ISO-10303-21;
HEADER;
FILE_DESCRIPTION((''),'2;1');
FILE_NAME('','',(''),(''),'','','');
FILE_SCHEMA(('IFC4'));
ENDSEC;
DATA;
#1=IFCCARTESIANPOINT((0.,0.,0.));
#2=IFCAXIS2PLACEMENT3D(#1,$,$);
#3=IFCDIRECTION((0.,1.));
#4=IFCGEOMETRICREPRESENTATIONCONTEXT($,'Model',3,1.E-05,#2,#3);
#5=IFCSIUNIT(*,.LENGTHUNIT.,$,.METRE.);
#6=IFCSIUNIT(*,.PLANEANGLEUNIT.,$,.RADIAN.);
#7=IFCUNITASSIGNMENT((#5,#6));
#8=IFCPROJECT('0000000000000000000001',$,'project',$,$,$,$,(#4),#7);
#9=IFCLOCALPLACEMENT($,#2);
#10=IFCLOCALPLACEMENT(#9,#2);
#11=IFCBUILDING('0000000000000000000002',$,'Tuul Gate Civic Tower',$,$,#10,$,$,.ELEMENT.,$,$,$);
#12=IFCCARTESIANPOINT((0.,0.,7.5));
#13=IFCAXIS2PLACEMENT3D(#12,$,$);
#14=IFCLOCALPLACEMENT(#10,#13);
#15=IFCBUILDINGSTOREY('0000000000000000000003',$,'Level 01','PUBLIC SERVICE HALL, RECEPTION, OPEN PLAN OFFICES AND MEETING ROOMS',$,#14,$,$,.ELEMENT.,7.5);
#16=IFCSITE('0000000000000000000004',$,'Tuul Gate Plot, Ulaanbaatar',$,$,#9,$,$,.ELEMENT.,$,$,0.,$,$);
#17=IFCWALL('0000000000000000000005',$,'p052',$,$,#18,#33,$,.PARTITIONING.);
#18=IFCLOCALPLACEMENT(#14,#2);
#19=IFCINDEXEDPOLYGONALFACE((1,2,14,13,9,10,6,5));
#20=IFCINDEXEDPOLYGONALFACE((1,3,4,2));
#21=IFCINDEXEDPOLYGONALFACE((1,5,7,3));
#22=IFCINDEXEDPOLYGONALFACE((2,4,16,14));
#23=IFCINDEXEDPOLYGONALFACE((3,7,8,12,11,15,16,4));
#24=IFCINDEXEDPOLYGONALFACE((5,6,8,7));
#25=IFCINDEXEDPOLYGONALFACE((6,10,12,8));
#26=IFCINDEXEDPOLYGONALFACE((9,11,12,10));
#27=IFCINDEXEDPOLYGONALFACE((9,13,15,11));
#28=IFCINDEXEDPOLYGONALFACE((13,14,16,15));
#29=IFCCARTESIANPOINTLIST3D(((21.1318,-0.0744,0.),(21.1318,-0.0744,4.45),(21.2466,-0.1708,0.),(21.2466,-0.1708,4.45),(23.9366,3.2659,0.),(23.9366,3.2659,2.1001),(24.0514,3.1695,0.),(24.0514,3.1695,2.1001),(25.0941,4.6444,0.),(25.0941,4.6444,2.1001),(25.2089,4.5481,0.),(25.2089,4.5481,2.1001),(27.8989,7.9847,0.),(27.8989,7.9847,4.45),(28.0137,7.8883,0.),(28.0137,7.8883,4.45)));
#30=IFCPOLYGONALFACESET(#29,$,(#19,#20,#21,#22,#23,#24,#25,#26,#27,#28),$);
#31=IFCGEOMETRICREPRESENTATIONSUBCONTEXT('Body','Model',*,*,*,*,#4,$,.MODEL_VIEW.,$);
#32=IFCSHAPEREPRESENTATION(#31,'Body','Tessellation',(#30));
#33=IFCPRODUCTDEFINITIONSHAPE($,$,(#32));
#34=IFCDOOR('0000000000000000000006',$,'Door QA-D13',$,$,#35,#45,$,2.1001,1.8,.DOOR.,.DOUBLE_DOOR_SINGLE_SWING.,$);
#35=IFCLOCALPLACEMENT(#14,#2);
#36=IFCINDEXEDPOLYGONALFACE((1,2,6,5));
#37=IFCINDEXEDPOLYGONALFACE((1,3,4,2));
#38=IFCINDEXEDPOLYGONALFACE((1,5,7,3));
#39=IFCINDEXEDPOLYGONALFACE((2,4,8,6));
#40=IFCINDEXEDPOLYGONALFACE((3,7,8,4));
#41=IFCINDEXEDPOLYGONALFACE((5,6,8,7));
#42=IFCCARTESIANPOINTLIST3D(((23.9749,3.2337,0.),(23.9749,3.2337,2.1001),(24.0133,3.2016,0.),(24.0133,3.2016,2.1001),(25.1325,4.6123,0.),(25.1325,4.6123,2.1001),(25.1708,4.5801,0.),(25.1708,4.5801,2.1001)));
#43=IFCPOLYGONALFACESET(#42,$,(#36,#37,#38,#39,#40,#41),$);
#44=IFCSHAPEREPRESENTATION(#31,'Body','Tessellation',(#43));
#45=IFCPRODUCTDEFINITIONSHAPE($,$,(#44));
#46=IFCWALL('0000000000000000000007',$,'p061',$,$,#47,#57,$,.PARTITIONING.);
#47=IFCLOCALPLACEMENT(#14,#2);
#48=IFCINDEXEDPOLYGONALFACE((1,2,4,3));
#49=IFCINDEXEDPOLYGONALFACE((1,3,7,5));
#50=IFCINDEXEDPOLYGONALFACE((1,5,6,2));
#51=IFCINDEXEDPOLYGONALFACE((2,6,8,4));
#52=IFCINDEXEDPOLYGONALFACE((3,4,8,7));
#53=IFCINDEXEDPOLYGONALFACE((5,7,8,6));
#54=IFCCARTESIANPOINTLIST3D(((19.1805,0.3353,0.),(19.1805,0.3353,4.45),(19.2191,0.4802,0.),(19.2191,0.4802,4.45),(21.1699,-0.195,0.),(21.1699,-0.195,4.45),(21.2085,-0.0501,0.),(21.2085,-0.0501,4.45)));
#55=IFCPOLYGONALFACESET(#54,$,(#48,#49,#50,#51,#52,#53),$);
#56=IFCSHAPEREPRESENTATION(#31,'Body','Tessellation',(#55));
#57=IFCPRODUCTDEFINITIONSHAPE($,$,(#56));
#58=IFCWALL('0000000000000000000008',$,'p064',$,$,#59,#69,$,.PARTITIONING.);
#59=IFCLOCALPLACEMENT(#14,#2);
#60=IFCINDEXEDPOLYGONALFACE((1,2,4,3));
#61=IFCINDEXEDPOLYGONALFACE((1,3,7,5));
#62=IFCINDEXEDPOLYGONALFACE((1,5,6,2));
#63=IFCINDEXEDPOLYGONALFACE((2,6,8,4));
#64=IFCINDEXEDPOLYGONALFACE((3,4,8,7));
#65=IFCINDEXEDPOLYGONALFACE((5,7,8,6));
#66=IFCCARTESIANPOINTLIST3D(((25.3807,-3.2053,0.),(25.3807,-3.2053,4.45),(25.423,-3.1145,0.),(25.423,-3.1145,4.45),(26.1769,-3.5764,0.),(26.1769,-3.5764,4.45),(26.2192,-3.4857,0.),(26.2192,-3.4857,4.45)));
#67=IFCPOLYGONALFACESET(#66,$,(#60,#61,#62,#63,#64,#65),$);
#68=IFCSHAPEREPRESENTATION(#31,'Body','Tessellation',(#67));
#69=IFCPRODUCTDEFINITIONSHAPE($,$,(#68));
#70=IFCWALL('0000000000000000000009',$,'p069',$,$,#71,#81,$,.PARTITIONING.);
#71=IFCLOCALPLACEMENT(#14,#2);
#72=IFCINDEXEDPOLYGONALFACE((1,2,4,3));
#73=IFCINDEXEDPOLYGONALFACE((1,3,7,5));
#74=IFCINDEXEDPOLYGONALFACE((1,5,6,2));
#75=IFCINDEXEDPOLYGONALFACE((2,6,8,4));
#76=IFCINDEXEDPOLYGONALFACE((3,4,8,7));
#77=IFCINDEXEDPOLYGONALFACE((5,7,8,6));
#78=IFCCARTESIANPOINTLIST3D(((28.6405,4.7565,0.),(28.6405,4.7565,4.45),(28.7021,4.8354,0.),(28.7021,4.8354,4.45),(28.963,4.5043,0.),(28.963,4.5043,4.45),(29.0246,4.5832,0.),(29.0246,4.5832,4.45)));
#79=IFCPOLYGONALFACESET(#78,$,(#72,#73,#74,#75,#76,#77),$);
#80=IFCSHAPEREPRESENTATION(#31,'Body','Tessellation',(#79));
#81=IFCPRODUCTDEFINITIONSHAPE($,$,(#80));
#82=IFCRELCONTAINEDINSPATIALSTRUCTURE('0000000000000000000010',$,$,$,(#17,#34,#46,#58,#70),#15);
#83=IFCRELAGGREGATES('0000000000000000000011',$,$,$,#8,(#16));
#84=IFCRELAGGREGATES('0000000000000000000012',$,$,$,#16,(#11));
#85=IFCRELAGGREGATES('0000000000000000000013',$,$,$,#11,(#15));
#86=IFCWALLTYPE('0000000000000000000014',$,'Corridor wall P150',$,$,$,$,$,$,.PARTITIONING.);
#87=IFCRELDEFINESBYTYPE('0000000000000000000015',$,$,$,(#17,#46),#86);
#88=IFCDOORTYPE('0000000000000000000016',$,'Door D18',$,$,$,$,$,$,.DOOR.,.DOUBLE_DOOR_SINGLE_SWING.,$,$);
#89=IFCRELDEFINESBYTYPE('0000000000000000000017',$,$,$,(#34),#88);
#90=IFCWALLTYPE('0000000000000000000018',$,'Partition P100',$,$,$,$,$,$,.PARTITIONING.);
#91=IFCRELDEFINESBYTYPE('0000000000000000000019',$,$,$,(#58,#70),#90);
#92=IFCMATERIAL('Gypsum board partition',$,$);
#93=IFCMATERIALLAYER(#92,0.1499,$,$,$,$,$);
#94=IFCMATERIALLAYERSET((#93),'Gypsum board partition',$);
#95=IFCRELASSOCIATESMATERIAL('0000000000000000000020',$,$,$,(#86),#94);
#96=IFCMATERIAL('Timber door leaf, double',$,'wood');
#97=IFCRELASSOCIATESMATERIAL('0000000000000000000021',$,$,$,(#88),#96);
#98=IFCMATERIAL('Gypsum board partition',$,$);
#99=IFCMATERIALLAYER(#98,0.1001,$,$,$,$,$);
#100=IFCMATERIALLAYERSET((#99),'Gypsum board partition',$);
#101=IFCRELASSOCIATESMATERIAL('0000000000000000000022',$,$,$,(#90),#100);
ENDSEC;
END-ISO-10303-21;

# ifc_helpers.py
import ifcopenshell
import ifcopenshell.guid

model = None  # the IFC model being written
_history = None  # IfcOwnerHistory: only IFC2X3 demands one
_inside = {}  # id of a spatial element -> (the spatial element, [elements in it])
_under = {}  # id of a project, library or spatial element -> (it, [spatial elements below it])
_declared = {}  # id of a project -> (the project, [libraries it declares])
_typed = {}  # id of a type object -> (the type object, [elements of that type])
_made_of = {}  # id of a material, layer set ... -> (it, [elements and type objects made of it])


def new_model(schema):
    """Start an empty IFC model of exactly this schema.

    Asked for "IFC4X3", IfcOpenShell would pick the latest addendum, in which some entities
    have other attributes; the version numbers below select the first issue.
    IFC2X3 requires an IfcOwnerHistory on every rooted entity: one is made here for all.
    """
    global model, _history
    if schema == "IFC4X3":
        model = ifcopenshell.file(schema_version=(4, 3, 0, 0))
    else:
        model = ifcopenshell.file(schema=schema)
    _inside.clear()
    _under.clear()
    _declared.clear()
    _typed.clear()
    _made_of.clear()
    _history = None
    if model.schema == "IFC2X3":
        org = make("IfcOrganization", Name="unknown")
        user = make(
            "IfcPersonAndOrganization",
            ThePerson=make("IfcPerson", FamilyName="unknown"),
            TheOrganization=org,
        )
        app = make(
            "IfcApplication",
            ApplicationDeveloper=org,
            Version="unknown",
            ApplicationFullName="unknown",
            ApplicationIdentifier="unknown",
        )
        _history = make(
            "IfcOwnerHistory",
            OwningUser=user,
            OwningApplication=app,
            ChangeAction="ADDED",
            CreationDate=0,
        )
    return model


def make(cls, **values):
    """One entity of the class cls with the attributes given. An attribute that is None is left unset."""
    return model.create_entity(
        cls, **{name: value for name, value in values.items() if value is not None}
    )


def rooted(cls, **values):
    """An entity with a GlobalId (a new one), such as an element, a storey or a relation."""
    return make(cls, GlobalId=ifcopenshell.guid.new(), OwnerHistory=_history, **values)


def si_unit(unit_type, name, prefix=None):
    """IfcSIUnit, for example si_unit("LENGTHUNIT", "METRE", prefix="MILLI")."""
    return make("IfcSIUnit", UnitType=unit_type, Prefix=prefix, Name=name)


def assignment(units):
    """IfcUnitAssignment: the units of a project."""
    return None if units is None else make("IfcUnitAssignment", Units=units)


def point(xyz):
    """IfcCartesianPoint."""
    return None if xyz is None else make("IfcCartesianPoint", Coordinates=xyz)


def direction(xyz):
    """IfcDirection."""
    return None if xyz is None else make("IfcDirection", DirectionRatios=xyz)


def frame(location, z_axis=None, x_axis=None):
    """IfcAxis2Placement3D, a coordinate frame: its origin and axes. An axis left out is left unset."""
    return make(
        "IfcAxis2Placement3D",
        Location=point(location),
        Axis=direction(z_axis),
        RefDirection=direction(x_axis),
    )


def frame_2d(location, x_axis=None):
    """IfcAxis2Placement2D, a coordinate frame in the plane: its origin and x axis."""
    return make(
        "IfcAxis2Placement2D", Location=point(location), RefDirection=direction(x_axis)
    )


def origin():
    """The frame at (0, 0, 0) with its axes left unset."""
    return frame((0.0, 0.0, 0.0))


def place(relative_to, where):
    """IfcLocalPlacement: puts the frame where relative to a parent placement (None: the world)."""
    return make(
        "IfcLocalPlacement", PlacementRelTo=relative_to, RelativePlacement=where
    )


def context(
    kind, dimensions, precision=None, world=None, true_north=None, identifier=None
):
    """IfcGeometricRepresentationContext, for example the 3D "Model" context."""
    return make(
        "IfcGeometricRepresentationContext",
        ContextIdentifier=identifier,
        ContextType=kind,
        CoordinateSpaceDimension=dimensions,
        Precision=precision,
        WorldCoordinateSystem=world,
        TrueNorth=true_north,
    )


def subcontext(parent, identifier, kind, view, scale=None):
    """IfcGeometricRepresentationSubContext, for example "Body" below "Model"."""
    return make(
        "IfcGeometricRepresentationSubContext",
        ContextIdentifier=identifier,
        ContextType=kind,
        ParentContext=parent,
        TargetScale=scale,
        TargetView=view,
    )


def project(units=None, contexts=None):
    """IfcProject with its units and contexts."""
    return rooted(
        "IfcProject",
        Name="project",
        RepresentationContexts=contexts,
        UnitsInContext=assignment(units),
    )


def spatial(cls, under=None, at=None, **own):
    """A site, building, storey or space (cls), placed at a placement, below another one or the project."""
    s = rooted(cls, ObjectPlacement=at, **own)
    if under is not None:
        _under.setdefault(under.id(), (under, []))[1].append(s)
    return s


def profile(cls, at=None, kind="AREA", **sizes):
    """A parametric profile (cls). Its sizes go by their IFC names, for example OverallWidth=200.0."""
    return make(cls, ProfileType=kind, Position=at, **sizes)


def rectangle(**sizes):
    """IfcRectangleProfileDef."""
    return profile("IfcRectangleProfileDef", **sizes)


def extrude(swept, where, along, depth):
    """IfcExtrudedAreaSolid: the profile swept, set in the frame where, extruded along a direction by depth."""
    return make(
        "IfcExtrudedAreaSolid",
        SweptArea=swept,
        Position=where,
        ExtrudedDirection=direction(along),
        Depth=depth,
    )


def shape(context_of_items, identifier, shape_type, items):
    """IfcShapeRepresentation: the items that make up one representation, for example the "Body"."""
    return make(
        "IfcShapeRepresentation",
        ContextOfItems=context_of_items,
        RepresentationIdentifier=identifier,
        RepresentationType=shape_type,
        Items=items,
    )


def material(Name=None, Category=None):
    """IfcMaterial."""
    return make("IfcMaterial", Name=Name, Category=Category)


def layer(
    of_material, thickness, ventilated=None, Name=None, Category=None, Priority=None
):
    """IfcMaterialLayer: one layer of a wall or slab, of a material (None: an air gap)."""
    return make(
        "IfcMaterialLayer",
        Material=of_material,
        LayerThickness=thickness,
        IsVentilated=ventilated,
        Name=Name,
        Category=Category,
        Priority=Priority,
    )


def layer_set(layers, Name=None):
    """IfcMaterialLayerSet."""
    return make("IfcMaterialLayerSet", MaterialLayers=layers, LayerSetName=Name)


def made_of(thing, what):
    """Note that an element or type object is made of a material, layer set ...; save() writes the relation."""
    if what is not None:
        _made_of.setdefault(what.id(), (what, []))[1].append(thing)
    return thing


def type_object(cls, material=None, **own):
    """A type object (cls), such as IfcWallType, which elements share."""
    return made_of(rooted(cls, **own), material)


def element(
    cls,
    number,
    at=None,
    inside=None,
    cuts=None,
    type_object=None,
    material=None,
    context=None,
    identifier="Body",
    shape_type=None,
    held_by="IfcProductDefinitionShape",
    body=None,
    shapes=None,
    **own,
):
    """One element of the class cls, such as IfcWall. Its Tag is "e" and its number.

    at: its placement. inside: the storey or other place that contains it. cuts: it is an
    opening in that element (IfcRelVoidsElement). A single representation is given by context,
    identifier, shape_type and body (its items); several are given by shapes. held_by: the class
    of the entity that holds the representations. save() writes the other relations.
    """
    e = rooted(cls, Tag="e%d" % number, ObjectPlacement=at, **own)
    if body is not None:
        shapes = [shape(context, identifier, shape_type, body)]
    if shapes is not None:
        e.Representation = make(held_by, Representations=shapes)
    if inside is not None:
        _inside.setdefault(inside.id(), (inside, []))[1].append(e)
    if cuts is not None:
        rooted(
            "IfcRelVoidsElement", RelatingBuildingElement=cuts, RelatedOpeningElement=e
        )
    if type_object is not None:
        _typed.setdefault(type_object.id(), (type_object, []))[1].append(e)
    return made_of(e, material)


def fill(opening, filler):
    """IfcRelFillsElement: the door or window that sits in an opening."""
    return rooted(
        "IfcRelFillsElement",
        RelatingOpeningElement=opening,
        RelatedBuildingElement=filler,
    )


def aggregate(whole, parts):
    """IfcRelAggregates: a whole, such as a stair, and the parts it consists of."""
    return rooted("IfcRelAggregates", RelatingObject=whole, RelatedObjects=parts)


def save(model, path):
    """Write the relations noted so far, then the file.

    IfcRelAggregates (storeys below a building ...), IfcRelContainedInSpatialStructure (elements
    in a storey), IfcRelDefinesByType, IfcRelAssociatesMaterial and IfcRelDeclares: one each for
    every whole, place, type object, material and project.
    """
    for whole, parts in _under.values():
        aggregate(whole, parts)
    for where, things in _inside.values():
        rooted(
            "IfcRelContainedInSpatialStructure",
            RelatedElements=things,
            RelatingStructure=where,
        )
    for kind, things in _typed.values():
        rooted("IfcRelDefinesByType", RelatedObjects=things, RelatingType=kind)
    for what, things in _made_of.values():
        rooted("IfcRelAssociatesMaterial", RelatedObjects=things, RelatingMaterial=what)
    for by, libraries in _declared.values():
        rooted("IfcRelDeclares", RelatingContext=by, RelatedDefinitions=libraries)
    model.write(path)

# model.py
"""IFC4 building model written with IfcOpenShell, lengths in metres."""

from ifc_helpers import new_model, si_unit, direction, frame, frame_2d, origin, place, context, subcontext, project, spatial, rectangle, extrude, material, layer, layer_set, type_object, element, fill, save


model = new_model("IFC4")

# Units and contexts
model_context = context("Model", 3, precision=1e-05, world=origin(), true_north=direction((0.0, 1.0)))
body_context = subcontext(model_context, "Body", "Model", "MODEL_VIEW")
ifc_project = project(units=[si_unit("LENGTHUNIT", "METRE"), si_unit("PLANEANGLEUNIT", "RADIAN")], contexts=[model_context])

# Site, building, storey
site_placement = place(None, origin())
site = spatial("IfcSite", under=ifc_project, at=site_placement, Name="Tuul Gate Plot, Ulaanbaatar", CompositionType="ELEMENT", RefElevation=0.0)
building_placement = place(site_placement, origin())
building = spatial("IfcBuilding", under=site, at=building_placement, Name="Tuul Gate Civic Tower", CompositionType="ELEMENT")
storey_placement = place(building_placement, frame((0.0, 0.0, 7.5)))
storey = spatial("IfcBuildingStorey", under=building, at=storey_placement, Name="Level 01", Description="PUBLIC SERVICE HALL, RECEPTION, OPEN PLAN OFFICES AND MEETING ROOMS", CompositionType="ELEMENT", Elevation=7.5)

# Shared definitions
ifc_material_1 = material(Name="Gypsum board partition")
ifc_layer_1 = layer(ifc_material_1, 0.1499)
ifc_layer_set_1 = layer_set([ifc_layer_1], Name="Gypsum board partition")
wall_type_1 = type_object("IfcWallType", Name="Corridor wall P150", PredefinedType="PARTITIONING", material=ifc_layer_set_1)

# Shared definitions
ifc_material_2 = material(Name="Timber door leaf, double", Category="wood")
door_type_1 = type_object("IfcDoorType", Name="Door D18", OperationType="DOUBLE_DOOR_SINGLE_SWING", PredefinedType="DOOR", material=ifc_material_2)

# Wall, opening, door
wall_1_placement = place(storey_placement, frame((21.1892, -0.1226, 0.0), z_axis=(0.0, 0.0, 1.0), x_axis=(0.643051, 0.765824, 0.0)))
wall_1 = element("IfcWall", 1, at=wall_1_placement, inside=storey, type_object=wall_type_1, Name="p052", PredefinedType="PARTITIONING", context=body_context, shape_type="SweptSolid", body=[
    extrude(rectangle(XDim=10.5234, YDim=0.1499, at=frame_2d((5.2617, 0.0))), origin(), (0.0, 0.0, 1.0), 4.45),
])
opening_1_placement = place(wall_1_placement, frame((4.3618, 0.0, 0.0)))
opening_1 = element("IfcOpeningElement", 2, at=opening_1_placement, cuts=wall_1, PredefinedType="OPENING", context=body_context, shape_type="SweptSolid", body=[
    extrude(rectangle(XDim=1.8, YDim=2.1001, at=frame_2d((0.8999, 1.05))), frame((0.0, 0.085, 0.0), z_axis=(0.0, -1.0, 0.0), x_axis=(1.0, 0.0, 0.0)), (0.0, 0.0, 1.0), 0.1699),
])
door_1_placement = place(opening_1_placement, origin())
door_1 = element("IfcDoor", 3, at=door_1_placement, inside=storey, type_object=door_type_1, Name="Door QA-D13", OperationType="DOUBLE_DOOR_SINGLE_SWING", OverallHeight=2.1001, OverallWidth=1.8, PredefinedType="DOOR", context=body_context, shape_type="SweptSolid", body=[
    extrude(rectangle(XDim=1.8, YDim=2.1001, at=frame_2d((0.8999, 1.05))), frame((0.0, 0.0249, 0.0), z_axis=(0.0, -1.0, 0.0), x_axis=(1.0, 0.0, 0.0)), (0.0, 0.0, 1.0), 0.05),
])
fill(opening_1, door_1)

# Walls
wall_2_placement = place(storey_placement, frame((19.2, 0.4077, 0.0), z_axis=(0.0, 0.0, 1.0), x_axis=(0.966259, -0.257574, 0.0)))
element("IfcWall", 4, at=wall_2_placement, inside=storey, type_object=wall_type_1, Name="p061", PredefinedType="PARTITIONING", context=body_context, shape_type="SweptSolid", body=[
    extrude(rectangle(XDim=2.0588, YDim=0.1499, at=frame_2d((1.0293, 0.0))), origin(), (0.0, 0.0, 1.0), 4.45),
])
ifc_material_3 = material(Name="Gypsum board partition")
ifc_layer_2 = layer(ifc_material_3, 0.1001)
ifc_layer_set_2 = layer_set([ifc_layer_2], Name="Gypsum board partition")
wall_type_2 = type_object("IfcWallType", Name="Partition P100", PredefinedType="PARTITIONING", material=ifc_layer_set_2)
wall_3_placement = place(storey_placement, frame((25.4019, -3.1599, 0.0), z_axis=(0.0, 0.0, 1.0), x_axis=(0.906375, -0.422475, 0.0)))
element("IfcWall", 5, at=wall_3_placement, inside=storey, type_object=wall_type_2, Name="p064", PredefinedType="PARTITIONING", context=body_context, shape_type="SweptSolid", body=[
    extrude(rectangle(XDim=0.8784, YDim=0.1001, at=frame_2d((0.4392, 0.0))), origin(), (0.0, 0.0, 1.0), 4.45),
])
wall_4_placement = place(storey_placement, frame((28.6714, 4.7959, 0.0), z_axis=(0.0, 0.0, 1.0), x_axis=(0.787744, -0.616003, 0.0)))
element("IfcWall", 6, at=wall_4_placement, inside=storey, type_object=wall_type_2, Name="p069", PredefinedType="PARTITIONING", context=body_context, shape_type="SweptSolid", body=[
    extrude(rectangle(XDim=0.4094, YDim=0.1001, at=frame_2d((0.2046, 0.0))), origin(), (0.0, 0.0, 1.0), 4.45),
])

save(model, "model.ifc")
